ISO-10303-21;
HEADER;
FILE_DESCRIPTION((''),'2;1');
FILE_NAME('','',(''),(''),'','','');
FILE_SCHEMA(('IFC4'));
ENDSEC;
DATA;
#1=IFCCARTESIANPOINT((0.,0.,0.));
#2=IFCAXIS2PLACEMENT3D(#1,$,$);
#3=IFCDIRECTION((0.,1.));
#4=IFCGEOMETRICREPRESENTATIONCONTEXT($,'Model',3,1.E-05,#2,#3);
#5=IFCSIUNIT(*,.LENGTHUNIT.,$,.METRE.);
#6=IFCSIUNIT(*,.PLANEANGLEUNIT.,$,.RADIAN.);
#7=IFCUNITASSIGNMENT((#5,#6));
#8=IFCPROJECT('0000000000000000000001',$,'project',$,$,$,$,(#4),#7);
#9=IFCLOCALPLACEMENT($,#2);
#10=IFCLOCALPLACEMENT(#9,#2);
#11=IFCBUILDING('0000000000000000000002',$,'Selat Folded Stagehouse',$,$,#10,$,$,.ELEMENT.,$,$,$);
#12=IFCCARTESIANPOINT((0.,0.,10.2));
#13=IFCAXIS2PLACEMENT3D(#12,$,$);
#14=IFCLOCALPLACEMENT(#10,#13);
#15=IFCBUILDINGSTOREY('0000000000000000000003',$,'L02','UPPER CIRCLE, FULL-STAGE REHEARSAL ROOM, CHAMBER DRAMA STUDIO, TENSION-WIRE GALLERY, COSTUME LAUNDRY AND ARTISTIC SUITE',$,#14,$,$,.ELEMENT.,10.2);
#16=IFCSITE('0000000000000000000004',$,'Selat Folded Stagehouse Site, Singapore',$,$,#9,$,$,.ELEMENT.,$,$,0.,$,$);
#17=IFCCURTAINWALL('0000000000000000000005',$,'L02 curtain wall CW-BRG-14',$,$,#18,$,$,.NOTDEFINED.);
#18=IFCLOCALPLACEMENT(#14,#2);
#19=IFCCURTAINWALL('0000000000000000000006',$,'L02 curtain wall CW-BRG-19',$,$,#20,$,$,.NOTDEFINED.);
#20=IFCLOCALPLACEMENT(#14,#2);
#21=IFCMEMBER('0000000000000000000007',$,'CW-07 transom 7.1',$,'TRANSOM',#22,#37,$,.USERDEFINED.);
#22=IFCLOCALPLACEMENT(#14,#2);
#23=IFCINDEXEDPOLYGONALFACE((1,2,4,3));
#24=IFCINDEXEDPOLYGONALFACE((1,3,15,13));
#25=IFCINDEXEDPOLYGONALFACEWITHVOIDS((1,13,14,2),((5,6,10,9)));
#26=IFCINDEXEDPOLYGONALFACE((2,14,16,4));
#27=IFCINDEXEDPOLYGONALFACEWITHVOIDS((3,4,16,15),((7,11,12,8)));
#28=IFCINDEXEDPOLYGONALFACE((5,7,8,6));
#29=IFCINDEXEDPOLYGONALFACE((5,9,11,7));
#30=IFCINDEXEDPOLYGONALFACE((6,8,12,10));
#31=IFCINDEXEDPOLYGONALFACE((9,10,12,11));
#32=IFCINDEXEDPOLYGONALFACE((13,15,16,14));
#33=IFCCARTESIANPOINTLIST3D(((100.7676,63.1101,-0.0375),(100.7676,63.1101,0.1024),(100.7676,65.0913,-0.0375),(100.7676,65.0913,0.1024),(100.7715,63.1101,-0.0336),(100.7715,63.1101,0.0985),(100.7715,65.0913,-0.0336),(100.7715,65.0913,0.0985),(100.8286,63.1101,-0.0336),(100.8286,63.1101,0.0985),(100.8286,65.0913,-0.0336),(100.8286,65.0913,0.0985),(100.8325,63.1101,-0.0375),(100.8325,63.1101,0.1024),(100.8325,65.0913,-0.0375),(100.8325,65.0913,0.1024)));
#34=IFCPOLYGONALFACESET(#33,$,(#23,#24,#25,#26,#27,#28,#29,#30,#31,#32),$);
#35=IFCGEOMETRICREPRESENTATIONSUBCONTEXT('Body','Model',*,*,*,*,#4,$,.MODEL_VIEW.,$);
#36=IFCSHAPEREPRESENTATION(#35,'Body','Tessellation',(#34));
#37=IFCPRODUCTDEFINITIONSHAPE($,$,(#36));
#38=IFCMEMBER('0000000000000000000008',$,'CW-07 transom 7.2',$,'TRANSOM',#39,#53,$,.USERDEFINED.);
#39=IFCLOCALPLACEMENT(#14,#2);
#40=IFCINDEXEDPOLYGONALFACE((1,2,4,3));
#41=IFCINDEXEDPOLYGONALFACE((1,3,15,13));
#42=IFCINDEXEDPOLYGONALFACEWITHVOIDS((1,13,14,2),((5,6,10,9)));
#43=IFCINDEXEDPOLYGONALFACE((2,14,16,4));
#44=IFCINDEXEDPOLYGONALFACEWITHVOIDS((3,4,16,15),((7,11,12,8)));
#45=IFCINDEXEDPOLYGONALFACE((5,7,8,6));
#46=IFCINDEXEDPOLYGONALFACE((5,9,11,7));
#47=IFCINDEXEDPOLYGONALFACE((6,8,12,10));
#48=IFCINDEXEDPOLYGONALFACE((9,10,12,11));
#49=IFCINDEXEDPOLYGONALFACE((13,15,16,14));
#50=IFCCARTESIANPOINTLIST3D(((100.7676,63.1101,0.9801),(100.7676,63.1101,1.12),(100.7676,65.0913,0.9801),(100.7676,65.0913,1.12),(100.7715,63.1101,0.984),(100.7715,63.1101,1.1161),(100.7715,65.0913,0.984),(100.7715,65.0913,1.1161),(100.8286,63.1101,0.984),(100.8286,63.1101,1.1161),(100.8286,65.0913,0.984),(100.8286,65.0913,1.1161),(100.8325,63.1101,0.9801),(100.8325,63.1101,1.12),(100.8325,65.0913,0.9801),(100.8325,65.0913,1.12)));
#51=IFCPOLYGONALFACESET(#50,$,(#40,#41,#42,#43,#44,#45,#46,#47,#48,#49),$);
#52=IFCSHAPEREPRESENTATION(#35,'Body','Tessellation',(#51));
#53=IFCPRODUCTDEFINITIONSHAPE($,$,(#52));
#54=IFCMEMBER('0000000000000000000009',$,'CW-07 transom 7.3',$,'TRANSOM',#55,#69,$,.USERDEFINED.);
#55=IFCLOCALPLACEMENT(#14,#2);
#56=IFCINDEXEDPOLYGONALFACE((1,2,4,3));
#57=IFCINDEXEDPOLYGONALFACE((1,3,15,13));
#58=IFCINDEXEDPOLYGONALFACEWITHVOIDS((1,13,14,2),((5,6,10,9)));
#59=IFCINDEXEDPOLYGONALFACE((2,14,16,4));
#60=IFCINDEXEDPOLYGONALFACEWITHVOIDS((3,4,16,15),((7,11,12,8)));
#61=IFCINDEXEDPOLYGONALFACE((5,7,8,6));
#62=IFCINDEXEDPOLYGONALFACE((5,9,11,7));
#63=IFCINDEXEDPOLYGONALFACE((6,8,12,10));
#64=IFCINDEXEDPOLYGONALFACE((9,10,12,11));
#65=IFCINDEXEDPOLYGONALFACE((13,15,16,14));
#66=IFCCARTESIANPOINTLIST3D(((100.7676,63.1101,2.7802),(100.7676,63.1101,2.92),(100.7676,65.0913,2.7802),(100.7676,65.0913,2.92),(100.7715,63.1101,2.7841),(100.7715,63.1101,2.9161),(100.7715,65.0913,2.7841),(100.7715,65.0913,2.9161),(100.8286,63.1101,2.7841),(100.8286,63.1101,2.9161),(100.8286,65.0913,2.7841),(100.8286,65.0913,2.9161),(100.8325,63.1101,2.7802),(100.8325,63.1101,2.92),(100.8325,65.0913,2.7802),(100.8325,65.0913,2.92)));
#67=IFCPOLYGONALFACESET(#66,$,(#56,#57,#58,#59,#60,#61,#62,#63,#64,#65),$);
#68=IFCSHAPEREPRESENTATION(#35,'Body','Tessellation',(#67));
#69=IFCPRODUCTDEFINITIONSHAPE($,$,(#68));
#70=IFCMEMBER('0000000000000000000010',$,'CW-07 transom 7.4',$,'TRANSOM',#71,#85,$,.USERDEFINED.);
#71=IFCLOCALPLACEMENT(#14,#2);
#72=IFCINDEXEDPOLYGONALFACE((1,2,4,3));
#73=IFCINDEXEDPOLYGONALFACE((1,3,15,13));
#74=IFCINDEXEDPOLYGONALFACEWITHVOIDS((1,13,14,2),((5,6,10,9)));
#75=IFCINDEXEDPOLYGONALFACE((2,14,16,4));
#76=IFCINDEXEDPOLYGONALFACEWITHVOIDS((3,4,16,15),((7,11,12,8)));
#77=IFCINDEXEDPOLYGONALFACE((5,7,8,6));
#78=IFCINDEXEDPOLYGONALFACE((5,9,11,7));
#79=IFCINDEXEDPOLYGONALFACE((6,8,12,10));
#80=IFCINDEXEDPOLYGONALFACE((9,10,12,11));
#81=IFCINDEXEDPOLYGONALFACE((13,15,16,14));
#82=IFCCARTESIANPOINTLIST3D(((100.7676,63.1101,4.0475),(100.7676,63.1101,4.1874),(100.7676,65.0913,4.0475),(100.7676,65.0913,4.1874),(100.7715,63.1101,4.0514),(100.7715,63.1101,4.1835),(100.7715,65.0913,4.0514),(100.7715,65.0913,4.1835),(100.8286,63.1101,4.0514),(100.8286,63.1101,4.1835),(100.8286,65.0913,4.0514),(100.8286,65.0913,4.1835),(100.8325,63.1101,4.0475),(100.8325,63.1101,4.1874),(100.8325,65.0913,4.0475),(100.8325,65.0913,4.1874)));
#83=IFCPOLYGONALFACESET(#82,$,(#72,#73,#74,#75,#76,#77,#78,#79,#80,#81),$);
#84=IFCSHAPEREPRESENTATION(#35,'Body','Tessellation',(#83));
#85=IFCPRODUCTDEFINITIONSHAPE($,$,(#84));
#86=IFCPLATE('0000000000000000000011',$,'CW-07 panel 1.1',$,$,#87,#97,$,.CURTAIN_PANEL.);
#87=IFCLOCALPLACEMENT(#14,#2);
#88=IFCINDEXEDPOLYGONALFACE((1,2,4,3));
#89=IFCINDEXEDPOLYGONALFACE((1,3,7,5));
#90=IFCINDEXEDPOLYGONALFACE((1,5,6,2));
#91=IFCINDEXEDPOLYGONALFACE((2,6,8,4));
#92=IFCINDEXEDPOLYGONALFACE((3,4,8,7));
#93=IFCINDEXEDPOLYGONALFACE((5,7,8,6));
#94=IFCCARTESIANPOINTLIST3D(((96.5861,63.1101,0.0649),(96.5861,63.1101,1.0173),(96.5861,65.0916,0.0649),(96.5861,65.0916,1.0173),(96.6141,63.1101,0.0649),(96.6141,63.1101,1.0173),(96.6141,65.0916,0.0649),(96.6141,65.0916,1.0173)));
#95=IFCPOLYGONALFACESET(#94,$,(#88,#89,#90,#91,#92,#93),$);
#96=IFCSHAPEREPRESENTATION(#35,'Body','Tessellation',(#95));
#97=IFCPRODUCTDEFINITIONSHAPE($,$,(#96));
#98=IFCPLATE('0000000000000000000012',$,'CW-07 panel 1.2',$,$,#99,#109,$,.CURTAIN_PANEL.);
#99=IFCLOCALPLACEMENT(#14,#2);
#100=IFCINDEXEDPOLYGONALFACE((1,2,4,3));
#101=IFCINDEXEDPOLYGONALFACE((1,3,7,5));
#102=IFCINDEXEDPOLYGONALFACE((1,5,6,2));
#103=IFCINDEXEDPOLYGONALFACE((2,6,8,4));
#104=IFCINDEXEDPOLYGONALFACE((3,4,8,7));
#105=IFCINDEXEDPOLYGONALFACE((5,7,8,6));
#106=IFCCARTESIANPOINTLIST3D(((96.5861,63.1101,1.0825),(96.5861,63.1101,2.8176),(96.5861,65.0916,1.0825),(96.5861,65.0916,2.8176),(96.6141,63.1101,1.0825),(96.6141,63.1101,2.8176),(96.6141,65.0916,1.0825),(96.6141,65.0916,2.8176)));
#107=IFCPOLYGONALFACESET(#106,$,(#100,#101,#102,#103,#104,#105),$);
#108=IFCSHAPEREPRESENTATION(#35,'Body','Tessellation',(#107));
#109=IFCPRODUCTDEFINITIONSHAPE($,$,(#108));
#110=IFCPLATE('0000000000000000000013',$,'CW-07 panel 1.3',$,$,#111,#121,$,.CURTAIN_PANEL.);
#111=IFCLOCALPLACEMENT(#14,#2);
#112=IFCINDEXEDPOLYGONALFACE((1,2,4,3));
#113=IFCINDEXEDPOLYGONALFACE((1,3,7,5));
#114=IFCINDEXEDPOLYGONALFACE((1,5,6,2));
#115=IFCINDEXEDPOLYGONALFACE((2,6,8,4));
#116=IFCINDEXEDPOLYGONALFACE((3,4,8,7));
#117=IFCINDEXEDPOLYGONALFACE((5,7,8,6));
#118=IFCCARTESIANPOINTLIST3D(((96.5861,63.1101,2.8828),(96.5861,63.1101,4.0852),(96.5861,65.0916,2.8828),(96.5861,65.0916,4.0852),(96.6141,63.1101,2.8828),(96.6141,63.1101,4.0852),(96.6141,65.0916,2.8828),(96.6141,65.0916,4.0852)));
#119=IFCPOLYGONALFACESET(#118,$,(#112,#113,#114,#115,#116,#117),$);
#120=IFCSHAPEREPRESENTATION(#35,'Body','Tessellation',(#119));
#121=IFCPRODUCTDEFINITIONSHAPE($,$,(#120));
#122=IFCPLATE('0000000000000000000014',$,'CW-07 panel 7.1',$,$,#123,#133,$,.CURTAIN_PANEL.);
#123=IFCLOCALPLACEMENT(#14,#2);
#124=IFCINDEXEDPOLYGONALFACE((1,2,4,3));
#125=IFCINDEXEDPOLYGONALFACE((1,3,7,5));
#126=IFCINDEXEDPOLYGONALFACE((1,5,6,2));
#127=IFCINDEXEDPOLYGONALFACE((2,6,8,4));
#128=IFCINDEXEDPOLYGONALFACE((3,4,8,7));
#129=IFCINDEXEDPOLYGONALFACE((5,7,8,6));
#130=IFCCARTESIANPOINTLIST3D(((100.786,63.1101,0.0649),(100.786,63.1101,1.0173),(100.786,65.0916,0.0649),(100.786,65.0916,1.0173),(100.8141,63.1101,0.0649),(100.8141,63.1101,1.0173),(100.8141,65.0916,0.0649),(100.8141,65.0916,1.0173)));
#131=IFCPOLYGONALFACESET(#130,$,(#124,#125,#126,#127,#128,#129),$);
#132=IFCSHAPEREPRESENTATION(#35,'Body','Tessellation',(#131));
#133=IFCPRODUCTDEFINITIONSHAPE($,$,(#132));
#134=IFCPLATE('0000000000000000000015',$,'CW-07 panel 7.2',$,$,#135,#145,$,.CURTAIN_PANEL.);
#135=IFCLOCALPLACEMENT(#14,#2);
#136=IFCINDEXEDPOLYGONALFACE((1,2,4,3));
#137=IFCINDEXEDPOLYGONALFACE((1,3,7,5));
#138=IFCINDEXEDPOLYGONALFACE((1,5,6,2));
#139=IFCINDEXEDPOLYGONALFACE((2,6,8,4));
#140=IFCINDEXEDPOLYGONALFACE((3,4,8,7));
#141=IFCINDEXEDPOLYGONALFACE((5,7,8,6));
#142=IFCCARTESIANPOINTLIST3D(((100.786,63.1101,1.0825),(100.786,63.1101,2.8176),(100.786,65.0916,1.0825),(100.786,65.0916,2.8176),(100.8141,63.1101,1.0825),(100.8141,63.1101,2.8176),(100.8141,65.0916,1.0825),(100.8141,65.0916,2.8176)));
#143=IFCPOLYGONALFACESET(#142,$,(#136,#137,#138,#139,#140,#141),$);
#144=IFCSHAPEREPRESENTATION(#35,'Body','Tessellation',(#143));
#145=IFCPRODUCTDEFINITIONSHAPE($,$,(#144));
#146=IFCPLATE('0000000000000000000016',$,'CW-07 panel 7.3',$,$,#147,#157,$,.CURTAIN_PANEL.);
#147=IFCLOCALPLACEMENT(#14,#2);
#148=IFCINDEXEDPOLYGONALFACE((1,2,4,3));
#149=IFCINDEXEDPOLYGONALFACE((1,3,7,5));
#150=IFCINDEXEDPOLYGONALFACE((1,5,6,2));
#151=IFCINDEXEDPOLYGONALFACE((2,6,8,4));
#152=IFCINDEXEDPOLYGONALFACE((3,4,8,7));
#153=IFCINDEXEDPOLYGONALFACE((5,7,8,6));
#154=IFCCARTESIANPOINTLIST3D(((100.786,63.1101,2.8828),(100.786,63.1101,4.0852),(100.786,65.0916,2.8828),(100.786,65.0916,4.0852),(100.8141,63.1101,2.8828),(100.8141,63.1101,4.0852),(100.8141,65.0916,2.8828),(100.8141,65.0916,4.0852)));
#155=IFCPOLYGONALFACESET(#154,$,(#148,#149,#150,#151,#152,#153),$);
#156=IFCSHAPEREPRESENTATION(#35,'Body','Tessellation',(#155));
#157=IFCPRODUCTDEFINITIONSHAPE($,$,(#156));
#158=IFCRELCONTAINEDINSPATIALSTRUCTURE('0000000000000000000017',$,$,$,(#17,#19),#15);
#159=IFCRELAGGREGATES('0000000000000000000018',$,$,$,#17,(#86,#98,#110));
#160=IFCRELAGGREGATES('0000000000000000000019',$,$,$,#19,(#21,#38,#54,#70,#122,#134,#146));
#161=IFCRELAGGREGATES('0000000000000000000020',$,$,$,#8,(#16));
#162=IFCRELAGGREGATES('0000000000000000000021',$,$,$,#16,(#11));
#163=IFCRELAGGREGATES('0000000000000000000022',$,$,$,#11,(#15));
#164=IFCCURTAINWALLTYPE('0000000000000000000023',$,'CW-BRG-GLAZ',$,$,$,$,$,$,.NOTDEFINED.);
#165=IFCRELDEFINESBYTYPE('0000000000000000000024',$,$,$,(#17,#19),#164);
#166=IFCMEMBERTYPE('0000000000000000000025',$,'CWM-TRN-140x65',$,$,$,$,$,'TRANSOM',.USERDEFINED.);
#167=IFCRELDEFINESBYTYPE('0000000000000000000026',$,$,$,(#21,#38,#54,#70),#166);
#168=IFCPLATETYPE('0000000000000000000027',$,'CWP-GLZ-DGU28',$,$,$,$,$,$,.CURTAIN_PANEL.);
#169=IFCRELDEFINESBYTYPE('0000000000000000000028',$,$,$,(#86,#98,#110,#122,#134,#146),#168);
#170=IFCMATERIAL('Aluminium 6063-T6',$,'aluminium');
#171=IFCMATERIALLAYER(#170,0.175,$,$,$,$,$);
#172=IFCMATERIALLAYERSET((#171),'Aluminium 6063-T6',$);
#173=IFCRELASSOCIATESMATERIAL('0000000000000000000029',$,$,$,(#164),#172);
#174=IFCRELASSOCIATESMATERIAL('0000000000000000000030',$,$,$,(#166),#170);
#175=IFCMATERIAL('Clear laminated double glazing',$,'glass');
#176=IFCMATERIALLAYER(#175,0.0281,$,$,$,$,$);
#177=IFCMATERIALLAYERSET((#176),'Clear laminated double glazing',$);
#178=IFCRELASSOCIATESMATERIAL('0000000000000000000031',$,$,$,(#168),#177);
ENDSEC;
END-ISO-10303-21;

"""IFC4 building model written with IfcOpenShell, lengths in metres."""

from ifc_helpers import new_model, si_unit, direction, frame, origin, origin_2d, place, context, subcontext, project, spatial, rectangle, hollow_rectangle, extrude, material, layer, layer_set, material_profile, profile_set, type_object, element, aggregate, save


model = new_model("IFC4")

# Units and contexts
model_context = context("Model", 3, precision=1e-05, world=origin(), true_north=direction((0.0, 1.0)))
body_context = subcontext(model_context, "Body", "Model", "MODEL_VIEW")
ifc_project = project(units=[si_unit("LENGTHUNIT", "METRE"), si_unit("PLANEANGLEUNIT", "RADIAN")], contexts=[model_context])

# Site, building, storey
site_placement = place(None, origin())
site = spatial("IfcSite", under=ifc_project, at=site_placement, Name="Selat Folded Stagehouse Site, Singapore", CompositionType="ELEMENT", RefElevation=0.0)
building_placement = place(site_placement, origin())
building = spatial("IfcBuilding", under=site, at=building_placement, Name="Selat Folded Stagehouse", CompositionType="ELEMENT")
storey_placement = place(building_placement, frame((0.0, 0.0, 10.2)))
storey = spatial("IfcBuildingStorey", under=building, at=storey_placement, Name="L02", Description="UPPER CIRCLE, FULL-STAGE REHEARSAL ROOM, CHAMBER DRAMA STUDIO, TENSION-WIRE GALLERY, COSTUME LAUNDRY AND ARTISTIC SUITE", CompositionType="ELEMENT", Elevation=10.2)

# Curtain wall
ifc_material_1 = material(Name="Aluminium 6063-T6", Category="aluminium")
ifc_layer_1 = layer(ifc_material_1, 0.175)
ifc_layer_set_1 = layer_set([ifc_layer_1], Name="Aluminium 6063-T6")
curtain_wall_type = type_object("IfcCurtainWallType", Name="CW-BRG-GLAZ", PredefinedType="NOTDEFINED", material=ifc_layer_set_1)
curtain_wall_1_placement = place(storey_placement, origin())
curtain_wall_1 = element("IfcCurtainWall", 1, at=curtain_wall_1_placement, inside=storey, type_object=curtain_wall_type, Name="L02 curtain wall CW-BRG-14", PredefinedType="NOTDEFINED")

# Curtain wall
curtain_wall_2_placement = place(storey_placement, origin())
curtain_wall_2 = element("IfcCurtainWall", 2, at=curtain_wall_2_placement, inside=storey, type_object=curtain_wall_type, Name="L02 curtain wall CW-BRG-19", PredefinedType="NOTDEFINED")

# Members
ifc_material_profile_1 = material_profile(ifc_material_1, hollow_rectangle(XDim=0.0649, YDim=0.1399, WallThickness=0.0039, at=origin_2d()), Name="ALU 140x65x4.0")
ifc_profile_set_1 = profile_set([ifc_material_profile_1], Name="Aluminium 6063-T6")
member_type_1 = type_object("IfcMemberType", Name="CWM-TRN-140x65", ElementType="TRANSOM", PredefinedType="USERDEFINED", material=ifc_profile_set_1)
member_1_placement = place(storey_placement, frame((100.8, 65.0913, 0.0325), z_axis=(0.0, -1.0, 0.0), x_axis=(1.0, 0.0, 0.0)))
member_1 = element("IfcMember", 3, at=member_1_placement, type_object=member_type_1, Name="CW-07 transom 7.1", ObjectType="TRANSOM", PredefinedType="USERDEFINED", context=body_context, shape_type="SweptSolid", body=[
    extrude(hollow_rectangle(XDim=0.0649, YDim=0.1399, WallThickness=0.0039, at=origin_2d()), origin(), (0.0, 0.0, 1.0), 1.9812),
])
member_2_placement = place(storey_placement, frame((100.8, 65.0913, 1.05), z_axis=(0.0, -1.0, 0.0), x_axis=(1.0, 0.0, 0.0)))
member_2 = element("IfcMember", 4, at=member_2_placement, type_object=member_type_1, Name="CW-07 transom 7.2", ObjectType="TRANSOM", PredefinedType="USERDEFINED", context=body_context, shape_type="SweptSolid", body=[
    extrude(hollow_rectangle(XDim=0.0649, YDim=0.1399, WallThickness=0.0039, at=origin_2d()), origin(), (0.0, 0.0, 1.0), 1.9812),
])
member_3_placement = place(storey_placement, frame((100.8, 65.0913, 2.8501), z_axis=(0.0, -1.0, 0.0), x_axis=(1.0, 0.0, 0.0)))
member_3 = element("IfcMember", 5, at=member_3_placement, type_object=member_type_1, Name="CW-07 transom 7.3", ObjectType="TRANSOM", PredefinedType="USERDEFINED", context=body_context, shape_type="SweptSolid", body=[
    extrude(hollow_rectangle(XDim=0.0649, YDim=0.1399, WallThickness=0.0039, at=origin_2d()), origin(), (0.0, 0.0, 1.0), 1.9812),
])
member_4_placement = place(storey_placement, frame((100.8, 65.0913, 4.1174), z_axis=(0.0, -1.0, 0.0), x_axis=(1.0, 0.0, 0.0)))
member_4 = element("IfcMember", 6, at=member_4_placement, type_object=member_type_1, Name="CW-07 transom 7.4", ObjectType="TRANSOM", PredefinedType="USERDEFINED", context=body_context, shape_type="SweptSolid", body=[
    extrude(hollow_rectangle(XDim=0.0649, YDim=0.1399, WallThickness=0.0039, at=origin_2d()), origin(), (0.0, 0.0, 1.0), 1.9812),
])

# Plates
ifc_material_2 = material(Name="Clear laminated double glazing", Category="glass")
ifc_layer_2 = layer(ifc_material_2, 0.0281)
ifc_layer_set_2 = layer_set([ifc_layer_2], Name="Clear laminated double glazing")
plate_type = type_object("IfcPlateType", Name="CWP-GLZ-DGU28", PredefinedType="CURTAIN_PANEL", material=ifc_layer_set_2)
plate_1_placement = place(storey_placement, frame((96.6001, 64.1008, 0.0649), z_axis=(0.0, 0.0, 1.0), x_axis=(0.0, 1.0, 0.0)))
plate_1 = element("IfcPlate", 7, at=plate_1_placement, type_object=plate_type, Name="CW-07 panel 1.1", PredefinedType="CURTAIN_PANEL", context=body_context, shape_type="SweptSolid", body=[
    extrude(rectangle(XDim=1.9814, YDim=0.0281, at=origin_2d()), origin(), (0.0, 0.0, 1.0), 0.9524),
])
plate_2_placement = place(storey_placement, frame((96.6001, 64.1008, 1.0825), z_axis=(0.0, 0.0, 1.0), x_axis=(0.0, 1.0, 0.0)))
plate_2 = element("IfcPlate", 8, at=plate_2_placement, type_object=plate_type, Name="CW-07 panel 1.2", PredefinedType="CURTAIN_PANEL", context=body_context, shape_type="SweptSolid", body=[
    extrude(rectangle(XDim=1.9814, YDim=0.0281, at=origin_2d()), origin(), (0.0, 0.0, 1.0), 1.7351),
])
plate_3_placement = place(storey_placement, frame((96.6001, 64.1008, 2.8828), z_axis=(0.0, 0.0, 1.0), x_axis=(0.0, 1.0, 0.0)))
plate_3 = element("IfcPlate", 9, at=plate_3_placement, type_object=plate_type, Name="CW-07 panel 1.3", PredefinedType="CURTAIN_PANEL", context=body_context, shape_type="SweptSolid", body=[
    extrude(rectangle(XDim=1.9814, YDim=0.0281, at=origin_2d()), origin(), (0.0, 0.0, 1.0), 1.2024),
])
aggregate(curtain_wall_1, [plate_1, plate_2, plate_3])
plate_4_placement = place(storey_placement, frame((100.8, 64.1008, 0.0649), z_axis=(0.0, 0.0, 1.0), x_axis=(0.0, -1.0, 0.0)))
plate_4 = element("IfcPlate", 10, at=plate_4_placement, type_object=plate_type, Name="CW-07 panel 7.1", PredefinedType="CURTAIN_PANEL", context=body_context, shape_type="SweptSolid", body=[
    extrude(rectangle(XDim=1.9814, YDim=0.0281, at=origin_2d()), origin(), (0.0, 0.0, 1.0), 0.9524),
])
plate_5_placement = place(storey_placement, frame((100.8, 64.1008, 1.0825), z_axis=(0.0, 0.0, 1.0), x_axis=(0.0, -1.0, 0.0)))
plate_5 = element("IfcPlate", 11, at=plate_5_placement, type_object=plate_type, Name="CW-07 panel 7.2", PredefinedType="CURTAIN_PANEL", context=body_context, shape_type="SweptSolid", body=[
    extrude(rectangle(XDim=1.9814, YDim=0.0281, at=origin_2d()), origin(), (0.0, 0.0, 1.0), 1.7351),
])
plate_6_placement = place(storey_placement, frame((100.8, 64.1008, 2.8828), z_axis=(0.0, 0.0, 1.0), x_axis=(0.0, -1.0, 0.0)))
plate_6 = element("IfcPlate", 12, at=plate_6_placement, type_object=plate_type, Name="CW-07 panel 7.3", PredefinedType="CURTAIN_PANEL", context=body_context, shape_type="SweptSolid", body=[
    extrude(rectangle(XDim=1.9814, YDim=0.0281, at=origin_2d()), origin(), (0.0, 0.0, 1.0), 1.2024),
])
aggregate(curtain_wall_2, [member_1, member_2, member_3, member_4, plate_4, plate_5, plate_6])

save(model, "model.ifc")
